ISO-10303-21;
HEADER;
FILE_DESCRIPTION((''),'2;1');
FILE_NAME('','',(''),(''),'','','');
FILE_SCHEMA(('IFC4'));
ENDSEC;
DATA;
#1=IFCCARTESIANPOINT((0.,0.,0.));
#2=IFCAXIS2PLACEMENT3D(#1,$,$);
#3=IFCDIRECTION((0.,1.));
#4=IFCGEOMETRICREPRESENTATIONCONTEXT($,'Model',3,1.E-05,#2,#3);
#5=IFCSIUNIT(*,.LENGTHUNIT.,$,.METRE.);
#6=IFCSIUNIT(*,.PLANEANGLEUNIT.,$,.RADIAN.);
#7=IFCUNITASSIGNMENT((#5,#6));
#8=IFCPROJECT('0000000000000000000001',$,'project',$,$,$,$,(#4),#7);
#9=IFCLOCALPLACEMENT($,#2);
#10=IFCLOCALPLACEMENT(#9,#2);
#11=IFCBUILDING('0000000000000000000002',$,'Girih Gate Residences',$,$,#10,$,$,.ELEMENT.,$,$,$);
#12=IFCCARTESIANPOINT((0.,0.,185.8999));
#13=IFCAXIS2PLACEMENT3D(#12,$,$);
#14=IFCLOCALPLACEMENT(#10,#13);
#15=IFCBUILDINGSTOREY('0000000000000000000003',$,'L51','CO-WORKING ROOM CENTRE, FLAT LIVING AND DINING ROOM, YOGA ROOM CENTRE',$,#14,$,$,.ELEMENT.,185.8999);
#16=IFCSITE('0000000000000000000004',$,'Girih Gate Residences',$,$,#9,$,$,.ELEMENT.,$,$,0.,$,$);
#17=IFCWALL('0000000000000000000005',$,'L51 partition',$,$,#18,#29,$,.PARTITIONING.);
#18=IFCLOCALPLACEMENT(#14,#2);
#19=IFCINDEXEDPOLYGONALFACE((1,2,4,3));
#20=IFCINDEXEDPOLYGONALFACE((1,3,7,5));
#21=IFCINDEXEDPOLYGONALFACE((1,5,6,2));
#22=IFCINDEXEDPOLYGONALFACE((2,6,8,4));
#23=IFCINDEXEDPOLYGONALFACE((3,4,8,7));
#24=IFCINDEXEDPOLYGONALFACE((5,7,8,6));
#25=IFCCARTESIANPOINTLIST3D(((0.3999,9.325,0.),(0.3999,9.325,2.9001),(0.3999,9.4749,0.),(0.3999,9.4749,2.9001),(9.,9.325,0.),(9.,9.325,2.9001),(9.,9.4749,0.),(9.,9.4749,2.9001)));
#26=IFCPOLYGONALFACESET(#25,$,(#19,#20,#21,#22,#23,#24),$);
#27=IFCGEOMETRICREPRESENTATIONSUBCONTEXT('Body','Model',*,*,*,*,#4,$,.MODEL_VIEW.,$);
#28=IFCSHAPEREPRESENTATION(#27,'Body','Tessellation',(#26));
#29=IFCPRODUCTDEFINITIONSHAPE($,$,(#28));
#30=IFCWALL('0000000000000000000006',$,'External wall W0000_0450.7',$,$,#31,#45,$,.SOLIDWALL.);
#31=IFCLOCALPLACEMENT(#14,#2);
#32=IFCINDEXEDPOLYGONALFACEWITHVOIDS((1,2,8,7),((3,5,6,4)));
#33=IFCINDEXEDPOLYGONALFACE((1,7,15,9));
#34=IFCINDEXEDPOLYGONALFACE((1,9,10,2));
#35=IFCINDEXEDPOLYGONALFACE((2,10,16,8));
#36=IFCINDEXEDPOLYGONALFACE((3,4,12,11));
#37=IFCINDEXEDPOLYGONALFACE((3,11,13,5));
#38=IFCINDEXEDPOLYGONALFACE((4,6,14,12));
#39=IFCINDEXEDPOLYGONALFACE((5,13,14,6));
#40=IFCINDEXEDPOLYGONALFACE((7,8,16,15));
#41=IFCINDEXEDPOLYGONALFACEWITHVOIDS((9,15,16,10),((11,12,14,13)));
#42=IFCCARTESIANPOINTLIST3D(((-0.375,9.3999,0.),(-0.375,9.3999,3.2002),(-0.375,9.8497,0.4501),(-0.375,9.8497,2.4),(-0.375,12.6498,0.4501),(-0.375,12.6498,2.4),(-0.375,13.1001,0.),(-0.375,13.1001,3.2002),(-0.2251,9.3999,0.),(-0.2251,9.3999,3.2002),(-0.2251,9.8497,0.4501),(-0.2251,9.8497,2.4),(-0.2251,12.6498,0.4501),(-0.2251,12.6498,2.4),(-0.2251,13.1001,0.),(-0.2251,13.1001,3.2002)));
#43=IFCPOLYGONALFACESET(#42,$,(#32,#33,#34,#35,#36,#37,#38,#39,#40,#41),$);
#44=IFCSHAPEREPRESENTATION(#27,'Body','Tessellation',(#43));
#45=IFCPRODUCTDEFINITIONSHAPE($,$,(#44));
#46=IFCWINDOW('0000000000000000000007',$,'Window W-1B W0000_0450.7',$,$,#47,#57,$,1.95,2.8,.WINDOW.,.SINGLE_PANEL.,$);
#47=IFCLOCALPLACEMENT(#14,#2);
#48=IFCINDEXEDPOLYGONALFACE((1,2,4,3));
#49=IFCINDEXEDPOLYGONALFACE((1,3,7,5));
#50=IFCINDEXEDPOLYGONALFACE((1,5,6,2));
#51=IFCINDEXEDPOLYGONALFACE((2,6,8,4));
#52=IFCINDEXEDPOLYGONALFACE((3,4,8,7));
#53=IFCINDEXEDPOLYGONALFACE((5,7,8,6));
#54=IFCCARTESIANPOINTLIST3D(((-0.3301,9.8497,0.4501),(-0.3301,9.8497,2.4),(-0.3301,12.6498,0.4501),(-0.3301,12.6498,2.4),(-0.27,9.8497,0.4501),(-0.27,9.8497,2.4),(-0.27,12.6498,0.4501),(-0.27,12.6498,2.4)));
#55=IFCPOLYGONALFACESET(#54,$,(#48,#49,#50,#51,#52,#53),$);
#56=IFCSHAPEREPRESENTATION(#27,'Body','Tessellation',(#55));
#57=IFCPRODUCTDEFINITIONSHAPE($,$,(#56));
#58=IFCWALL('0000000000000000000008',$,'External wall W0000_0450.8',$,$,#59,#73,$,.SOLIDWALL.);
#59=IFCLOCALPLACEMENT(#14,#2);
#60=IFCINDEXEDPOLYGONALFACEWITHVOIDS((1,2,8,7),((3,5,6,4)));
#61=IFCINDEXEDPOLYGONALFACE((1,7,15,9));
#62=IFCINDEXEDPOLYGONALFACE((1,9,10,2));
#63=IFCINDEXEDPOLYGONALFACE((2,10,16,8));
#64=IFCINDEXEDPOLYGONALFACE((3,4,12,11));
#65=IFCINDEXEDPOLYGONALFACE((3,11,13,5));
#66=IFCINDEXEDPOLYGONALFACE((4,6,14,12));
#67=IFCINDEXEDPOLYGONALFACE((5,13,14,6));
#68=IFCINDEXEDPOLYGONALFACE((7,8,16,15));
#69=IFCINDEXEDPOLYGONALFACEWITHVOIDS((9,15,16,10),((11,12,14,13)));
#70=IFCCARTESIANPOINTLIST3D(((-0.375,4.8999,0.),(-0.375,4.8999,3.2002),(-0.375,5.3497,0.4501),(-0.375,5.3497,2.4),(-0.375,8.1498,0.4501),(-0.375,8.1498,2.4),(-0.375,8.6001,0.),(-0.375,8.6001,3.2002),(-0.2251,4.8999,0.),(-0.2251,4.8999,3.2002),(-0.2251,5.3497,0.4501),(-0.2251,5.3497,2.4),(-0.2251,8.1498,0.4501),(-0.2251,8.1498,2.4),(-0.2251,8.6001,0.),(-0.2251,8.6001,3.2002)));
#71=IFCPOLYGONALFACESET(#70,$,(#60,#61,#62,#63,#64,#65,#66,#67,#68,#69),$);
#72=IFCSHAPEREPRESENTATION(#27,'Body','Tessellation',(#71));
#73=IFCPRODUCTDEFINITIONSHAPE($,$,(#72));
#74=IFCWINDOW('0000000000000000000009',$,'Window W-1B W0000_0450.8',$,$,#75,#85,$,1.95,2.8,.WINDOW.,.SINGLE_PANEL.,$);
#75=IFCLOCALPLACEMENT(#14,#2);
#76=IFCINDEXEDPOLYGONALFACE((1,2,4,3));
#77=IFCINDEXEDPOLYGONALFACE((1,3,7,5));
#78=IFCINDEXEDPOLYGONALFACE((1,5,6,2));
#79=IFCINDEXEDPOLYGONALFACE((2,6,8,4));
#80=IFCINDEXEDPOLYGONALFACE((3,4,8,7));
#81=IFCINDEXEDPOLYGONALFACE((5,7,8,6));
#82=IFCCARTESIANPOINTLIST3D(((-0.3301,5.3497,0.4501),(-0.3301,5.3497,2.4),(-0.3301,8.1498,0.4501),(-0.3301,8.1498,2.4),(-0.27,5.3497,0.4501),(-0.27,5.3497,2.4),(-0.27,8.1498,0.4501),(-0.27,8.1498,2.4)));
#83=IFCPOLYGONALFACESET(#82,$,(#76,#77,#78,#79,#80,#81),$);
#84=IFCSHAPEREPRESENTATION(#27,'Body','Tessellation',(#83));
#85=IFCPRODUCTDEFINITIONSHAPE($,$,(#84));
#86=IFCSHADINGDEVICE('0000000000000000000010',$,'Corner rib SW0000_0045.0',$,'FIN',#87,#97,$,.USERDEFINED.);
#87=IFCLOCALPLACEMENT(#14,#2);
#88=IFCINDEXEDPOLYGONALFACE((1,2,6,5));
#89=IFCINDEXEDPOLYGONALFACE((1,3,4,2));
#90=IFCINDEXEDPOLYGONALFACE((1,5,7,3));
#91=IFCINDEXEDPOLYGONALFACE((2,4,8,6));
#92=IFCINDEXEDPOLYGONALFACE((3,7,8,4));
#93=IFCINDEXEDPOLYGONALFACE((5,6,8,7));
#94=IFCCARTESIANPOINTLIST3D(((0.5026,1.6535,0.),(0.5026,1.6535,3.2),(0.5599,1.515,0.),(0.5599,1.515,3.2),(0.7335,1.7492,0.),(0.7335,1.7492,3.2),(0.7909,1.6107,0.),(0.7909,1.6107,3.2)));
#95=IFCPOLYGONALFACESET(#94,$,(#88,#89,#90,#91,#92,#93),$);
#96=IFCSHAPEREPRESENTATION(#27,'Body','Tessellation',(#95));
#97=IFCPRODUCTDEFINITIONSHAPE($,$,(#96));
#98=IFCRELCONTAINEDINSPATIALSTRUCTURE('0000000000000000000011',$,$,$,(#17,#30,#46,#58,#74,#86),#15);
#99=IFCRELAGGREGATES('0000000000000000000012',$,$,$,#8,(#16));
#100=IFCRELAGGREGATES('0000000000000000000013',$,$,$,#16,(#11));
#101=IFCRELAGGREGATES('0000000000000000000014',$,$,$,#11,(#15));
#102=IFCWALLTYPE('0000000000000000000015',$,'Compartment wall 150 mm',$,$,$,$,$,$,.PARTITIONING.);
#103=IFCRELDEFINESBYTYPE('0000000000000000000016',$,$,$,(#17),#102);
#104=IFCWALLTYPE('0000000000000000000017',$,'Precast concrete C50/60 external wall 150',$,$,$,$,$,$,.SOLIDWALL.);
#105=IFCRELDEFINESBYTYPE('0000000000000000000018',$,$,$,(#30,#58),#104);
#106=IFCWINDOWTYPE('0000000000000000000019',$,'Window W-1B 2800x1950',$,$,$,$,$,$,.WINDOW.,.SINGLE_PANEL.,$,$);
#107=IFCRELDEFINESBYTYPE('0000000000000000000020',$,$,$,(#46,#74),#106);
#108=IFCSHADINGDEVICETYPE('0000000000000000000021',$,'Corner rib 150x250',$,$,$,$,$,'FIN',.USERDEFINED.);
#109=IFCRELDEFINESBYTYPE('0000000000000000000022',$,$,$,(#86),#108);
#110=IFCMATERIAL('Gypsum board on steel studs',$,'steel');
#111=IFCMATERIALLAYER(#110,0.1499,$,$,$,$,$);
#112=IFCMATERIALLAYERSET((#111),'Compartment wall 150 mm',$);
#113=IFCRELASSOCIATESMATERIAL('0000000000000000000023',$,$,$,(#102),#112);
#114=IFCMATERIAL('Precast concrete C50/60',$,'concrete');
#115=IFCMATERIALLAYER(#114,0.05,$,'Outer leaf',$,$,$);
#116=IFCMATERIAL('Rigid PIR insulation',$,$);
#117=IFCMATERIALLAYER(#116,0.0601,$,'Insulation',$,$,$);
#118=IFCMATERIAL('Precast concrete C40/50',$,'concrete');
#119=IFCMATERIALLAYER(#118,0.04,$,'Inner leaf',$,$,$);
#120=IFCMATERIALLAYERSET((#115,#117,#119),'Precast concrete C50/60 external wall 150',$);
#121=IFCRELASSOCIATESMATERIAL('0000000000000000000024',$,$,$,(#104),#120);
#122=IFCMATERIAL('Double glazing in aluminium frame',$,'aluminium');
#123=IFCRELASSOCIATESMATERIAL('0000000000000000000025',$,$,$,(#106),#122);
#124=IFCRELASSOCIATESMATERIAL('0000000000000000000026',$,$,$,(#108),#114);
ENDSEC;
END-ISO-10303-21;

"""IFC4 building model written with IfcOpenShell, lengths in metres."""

from ifc_helpers import new_model, si_unit, direction, frame, frame_2d, origin, origin_2d, place, context, subcontext, project, spatial, rectangle, extrude, material, layer, layer_set, type_object, element, fill, save


model = new_model("IFC4")

# Units and contexts
model_context = context("Model", 3, precision=1e-05, world=origin(), true_north=direction((0.0, 1.0)))
body_context = subcontext(model_context, "Body", "Model", "MODEL_VIEW")
ifc_project = project(units=[si_unit("LENGTHUNIT", "METRE"), si_unit("PLANEANGLEUNIT", "RADIAN")], contexts=[model_context])

# Site, building, storey
site_placement = place(None, origin())
site = spatial("IfcSite", under=ifc_project, at=site_placement, Name="Girih Gate Residences", CompositionType="ELEMENT", RefElevation=0.0)
building_placement = place(site_placement, origin())
building = spatial("IfcBuilding", under=site, at=building_placement, Name="Girih Gate Residences", CompositionType="ELEMENT")
storey_placement = place(building_placement, frame((0.0, 0.0, 185.8999)))
storey = spatial("IfcBuildingStorey", under=building, at=storey_placement, Name="L51", Description="CO-WORKING ROOM CENTRE, FLAT LIVING AND DINING ROOM, YOGA ROOM CENTRE", CompositionType="ELEMENT", Elevation=185.8999)

# Wall
ifc_material_1 = material(Name="Gypsum board on steel studs", Category="steel")
ifc_layer_1 = layer(ifc_material_1, 0.1499)
ifc_layer_set_1 = layer_set([ifc_layer_1], Name="Compartment wall 150 mm")
wall_type_1 = type_object("IfcWallType", Name="Compartment wall 150 mm", PredefinedType="PARTITIONING", material=ifc_layer_set_1)
wall_1_placement = place(storey_placement, frame((0.3999, 9.3999, 0.0), z_axis=(0.0, 0.0, 1.0), x_axis=(1.0, 0.0, 0.0)))
element("IfcWall", 1, at=wall_1_placement, inside=storey, type_object=wall_type_1, Name="L51 partition", PredefinedType="PARTITIONING", context=body_context, shape_type="SweptSolid", body=[
    extrude(rectangle(XDim=8.6001, YDim=0.1499, at=frame_2d((4.3, 0.0))), origin(), (0.0, 0.0, 1.0), 2.9001),
])

# Walls, openings, windows
ifc_material_2 = material(Name="Precast concrete C50/60", Category="concrete")
ifc_layer_2 = layer(ifc_material_2, 0.05, Name="Outer leaf")
ifc_material_3 = material(Name="Rigid PIR insulation")
ifc_layer_3 = layer(ifc_material_3, 0.0601, Name="Insulation")
ifc_material_4 = material(Name="Precast concrete C40/50", Category="concrete")
ifc_layer_4 = layer(ifc_material_4, 0.04, Name="Inner leaf")
ifc_layer_set_2 = layer_set([ifc_layer_2, ifc_layer_3, ifc_layer_4], Name="Precast concrete C50/60 external wall 150")
wall_type_2 = type_object("IfcWallType", Name="Precast concrete C50/60 external wall 150", PredefinedType="SOLIDWALL", material=ifc_layer_set_2)
wall_2_placement = place(storey_placement, frame((-0.3, 9.3999, 0.0), z_axis=(0.0, 0.0, 1.0), x_axis=(0.0, 1.0, 0.0)))
wall_2 = element("IfcWall", 2, at=wall_2_placement, inside=storey, type_object=wall_type_2, Name="External wall W0000_0450.7", PredefinedType="SOLIDWALL", context=body_context, shape_type="SweptSolid", body=[
    extrude(rectangle(XDim=3.7002, YDim=0.1499, at=frame_2d((1.8501, 0.0))), origin(), (0.0, 0.0, 1.0), 3.2002),
])
opening_1_placement = place(wall_2_placement, frame((0.45, 0.0, 0.45)))
opening_1 = element("IfcOpeningElement", 3, at=opening_1_placement, cuts=wall_2, PredefinedType="OPENING", context=body_context, shape_type="SweptSolid", body=[
    extrude(rectangle(XDim=2.8, YDim=1.95, at=frame_2d((1.3999, 0.9751))), frame((0.0, 0.085, 0.0), z_axis=(0.0, -1.0, 0.0), x_axis=(1.0, 0.0, 0.0)), (0.0, 0.0, 1.0), 0.1699),
])
ifc_material_5 = material(Name="Double glazing in aluminium frame", Category="aluminium")
window_type = type_object("IfcWindowType", Name="Window W-1B 2800x1950", PartitioningType="SINGLE_PANEL", PredefinedType="WINDOW", material=ifc_material_5)
window_1_placement = place(opening_1_placement, origin())
window_1 = element("IfcWindow", 4, at=window_1_placement, inside=storey, type_object=window_type, Name="Window W-1B W0000_0450.7", OverallHeight=1.95, OverallWidth=2.8, PartitioningType="SINGLE_PANEL", PredefinedType="WINDOW", context=body_context, shape_type="SweptSolid", body=[
    extrude(rectangle(XDim=2.8, YDim=1.95, at=frame_2d((1.3999, 0.9751))), frame((0.0, 0.03, 0.0), z_axis=(0.0, -1.0, 0.0), x_axis=(1.0, 0.0, 0.0)), (0.0, 0.0, 1.0), 0.0601),
])
fill(opening_1, window_1)
wall_3_placement = place(storey_placement, frame((-0.3, 4.8999, 0.0), z_axis=(0.0, 0.0, 1.0), x_axis=(0.0, 1.0, 0.0)))
wall_3 = element("IfcWall", 5, at=wall_3_placement, inside=storey, type_object=wall_type_2, Name="External wall W0000_0450.8", PredefinedType="SOLIDWALL", context=body_context, shape_type="SweptSolid", body=[
    extrude(rectangle(XDim=3.7002, YDim=0.1499, at=frame_2d((1.8501, 0.0))), origin(), (0.0, 0.0, 1.0), 3.2002),
])
opening_2_placement = place(wall_3_placement, frame((0.45, 0.0, 0.45)))
opening_2 = element("IfcOpeningElement", 6, at=opening_2_placement, cuts=wall_3, PredefinedType="OPENING", context=body_context, shape_type="SweptSolid", body=[
    extrude(rectangle(XDim=2.8, YDim=1.95, at=frame_2d((1.3999, 0.9751))), frame((0.0, 0.085, 0.0), z_axis=(0.0, -1.0, 0.0), x_axis=(1.0, 0.0, 0.0)), (0.0, 0.0, 1.0), 0.1699),
])
window_2_placement = place(opening_2_placement, origin())
window_2 = element("IfcWindow", 7, at=window_2_placement, inside=storey, type_object=window_type, Name="Window W-1B W0000_0450.8", OverallHeight=1.95, OverallWidth=2.8, PartitioningType="SINGLE_PANEL", PredefinedType="WINDOW", context=body_context, shape_type="SweptSolid", body=[
    extrude(rectangle(XDim=2.8, YDim=1.95, at=frame_2d((1.3999, 0.9751))), frame((0.0, 0.03, 0.0), z_axis=(0.0, -1.0, 0.0), x_axis=(1.0, 0.0, 0.0)), (0.0, 0.0, 1.0), 0.0601),
])
fill(opening_2, window_2)

# Shading device
shading_device_type = type_object("IfcShadingDeviceType", Name="Corner rib 150x250", ElementType="FIN", PredefinedType="USERDEFINED", material=ifc_material_2)
shading_device_placement = place(storey_placement, frame((0.6467, 1.6321, 0.0), z_axis=(0.0, 0.0, 1.0), x_axis=(0.382683, -0.92388, 0.0)))
element("IfcShadingDevice", 8, at=shading_device_placement, inside=storey, type_object=shading_device_type, Name="Corner rib SW0000_0045.0", ObjectType="FIN", PredefinedType="USERDEFINED", context=body_context, shape_type="SweptSolid", body=[
    extrude(rectangle(XDim=0.1499, YDim=0.25, at=origin_2d()), origin(), (0.0, 0.0, 1.0), 3.2),
])

save(model, "model.ifc")
